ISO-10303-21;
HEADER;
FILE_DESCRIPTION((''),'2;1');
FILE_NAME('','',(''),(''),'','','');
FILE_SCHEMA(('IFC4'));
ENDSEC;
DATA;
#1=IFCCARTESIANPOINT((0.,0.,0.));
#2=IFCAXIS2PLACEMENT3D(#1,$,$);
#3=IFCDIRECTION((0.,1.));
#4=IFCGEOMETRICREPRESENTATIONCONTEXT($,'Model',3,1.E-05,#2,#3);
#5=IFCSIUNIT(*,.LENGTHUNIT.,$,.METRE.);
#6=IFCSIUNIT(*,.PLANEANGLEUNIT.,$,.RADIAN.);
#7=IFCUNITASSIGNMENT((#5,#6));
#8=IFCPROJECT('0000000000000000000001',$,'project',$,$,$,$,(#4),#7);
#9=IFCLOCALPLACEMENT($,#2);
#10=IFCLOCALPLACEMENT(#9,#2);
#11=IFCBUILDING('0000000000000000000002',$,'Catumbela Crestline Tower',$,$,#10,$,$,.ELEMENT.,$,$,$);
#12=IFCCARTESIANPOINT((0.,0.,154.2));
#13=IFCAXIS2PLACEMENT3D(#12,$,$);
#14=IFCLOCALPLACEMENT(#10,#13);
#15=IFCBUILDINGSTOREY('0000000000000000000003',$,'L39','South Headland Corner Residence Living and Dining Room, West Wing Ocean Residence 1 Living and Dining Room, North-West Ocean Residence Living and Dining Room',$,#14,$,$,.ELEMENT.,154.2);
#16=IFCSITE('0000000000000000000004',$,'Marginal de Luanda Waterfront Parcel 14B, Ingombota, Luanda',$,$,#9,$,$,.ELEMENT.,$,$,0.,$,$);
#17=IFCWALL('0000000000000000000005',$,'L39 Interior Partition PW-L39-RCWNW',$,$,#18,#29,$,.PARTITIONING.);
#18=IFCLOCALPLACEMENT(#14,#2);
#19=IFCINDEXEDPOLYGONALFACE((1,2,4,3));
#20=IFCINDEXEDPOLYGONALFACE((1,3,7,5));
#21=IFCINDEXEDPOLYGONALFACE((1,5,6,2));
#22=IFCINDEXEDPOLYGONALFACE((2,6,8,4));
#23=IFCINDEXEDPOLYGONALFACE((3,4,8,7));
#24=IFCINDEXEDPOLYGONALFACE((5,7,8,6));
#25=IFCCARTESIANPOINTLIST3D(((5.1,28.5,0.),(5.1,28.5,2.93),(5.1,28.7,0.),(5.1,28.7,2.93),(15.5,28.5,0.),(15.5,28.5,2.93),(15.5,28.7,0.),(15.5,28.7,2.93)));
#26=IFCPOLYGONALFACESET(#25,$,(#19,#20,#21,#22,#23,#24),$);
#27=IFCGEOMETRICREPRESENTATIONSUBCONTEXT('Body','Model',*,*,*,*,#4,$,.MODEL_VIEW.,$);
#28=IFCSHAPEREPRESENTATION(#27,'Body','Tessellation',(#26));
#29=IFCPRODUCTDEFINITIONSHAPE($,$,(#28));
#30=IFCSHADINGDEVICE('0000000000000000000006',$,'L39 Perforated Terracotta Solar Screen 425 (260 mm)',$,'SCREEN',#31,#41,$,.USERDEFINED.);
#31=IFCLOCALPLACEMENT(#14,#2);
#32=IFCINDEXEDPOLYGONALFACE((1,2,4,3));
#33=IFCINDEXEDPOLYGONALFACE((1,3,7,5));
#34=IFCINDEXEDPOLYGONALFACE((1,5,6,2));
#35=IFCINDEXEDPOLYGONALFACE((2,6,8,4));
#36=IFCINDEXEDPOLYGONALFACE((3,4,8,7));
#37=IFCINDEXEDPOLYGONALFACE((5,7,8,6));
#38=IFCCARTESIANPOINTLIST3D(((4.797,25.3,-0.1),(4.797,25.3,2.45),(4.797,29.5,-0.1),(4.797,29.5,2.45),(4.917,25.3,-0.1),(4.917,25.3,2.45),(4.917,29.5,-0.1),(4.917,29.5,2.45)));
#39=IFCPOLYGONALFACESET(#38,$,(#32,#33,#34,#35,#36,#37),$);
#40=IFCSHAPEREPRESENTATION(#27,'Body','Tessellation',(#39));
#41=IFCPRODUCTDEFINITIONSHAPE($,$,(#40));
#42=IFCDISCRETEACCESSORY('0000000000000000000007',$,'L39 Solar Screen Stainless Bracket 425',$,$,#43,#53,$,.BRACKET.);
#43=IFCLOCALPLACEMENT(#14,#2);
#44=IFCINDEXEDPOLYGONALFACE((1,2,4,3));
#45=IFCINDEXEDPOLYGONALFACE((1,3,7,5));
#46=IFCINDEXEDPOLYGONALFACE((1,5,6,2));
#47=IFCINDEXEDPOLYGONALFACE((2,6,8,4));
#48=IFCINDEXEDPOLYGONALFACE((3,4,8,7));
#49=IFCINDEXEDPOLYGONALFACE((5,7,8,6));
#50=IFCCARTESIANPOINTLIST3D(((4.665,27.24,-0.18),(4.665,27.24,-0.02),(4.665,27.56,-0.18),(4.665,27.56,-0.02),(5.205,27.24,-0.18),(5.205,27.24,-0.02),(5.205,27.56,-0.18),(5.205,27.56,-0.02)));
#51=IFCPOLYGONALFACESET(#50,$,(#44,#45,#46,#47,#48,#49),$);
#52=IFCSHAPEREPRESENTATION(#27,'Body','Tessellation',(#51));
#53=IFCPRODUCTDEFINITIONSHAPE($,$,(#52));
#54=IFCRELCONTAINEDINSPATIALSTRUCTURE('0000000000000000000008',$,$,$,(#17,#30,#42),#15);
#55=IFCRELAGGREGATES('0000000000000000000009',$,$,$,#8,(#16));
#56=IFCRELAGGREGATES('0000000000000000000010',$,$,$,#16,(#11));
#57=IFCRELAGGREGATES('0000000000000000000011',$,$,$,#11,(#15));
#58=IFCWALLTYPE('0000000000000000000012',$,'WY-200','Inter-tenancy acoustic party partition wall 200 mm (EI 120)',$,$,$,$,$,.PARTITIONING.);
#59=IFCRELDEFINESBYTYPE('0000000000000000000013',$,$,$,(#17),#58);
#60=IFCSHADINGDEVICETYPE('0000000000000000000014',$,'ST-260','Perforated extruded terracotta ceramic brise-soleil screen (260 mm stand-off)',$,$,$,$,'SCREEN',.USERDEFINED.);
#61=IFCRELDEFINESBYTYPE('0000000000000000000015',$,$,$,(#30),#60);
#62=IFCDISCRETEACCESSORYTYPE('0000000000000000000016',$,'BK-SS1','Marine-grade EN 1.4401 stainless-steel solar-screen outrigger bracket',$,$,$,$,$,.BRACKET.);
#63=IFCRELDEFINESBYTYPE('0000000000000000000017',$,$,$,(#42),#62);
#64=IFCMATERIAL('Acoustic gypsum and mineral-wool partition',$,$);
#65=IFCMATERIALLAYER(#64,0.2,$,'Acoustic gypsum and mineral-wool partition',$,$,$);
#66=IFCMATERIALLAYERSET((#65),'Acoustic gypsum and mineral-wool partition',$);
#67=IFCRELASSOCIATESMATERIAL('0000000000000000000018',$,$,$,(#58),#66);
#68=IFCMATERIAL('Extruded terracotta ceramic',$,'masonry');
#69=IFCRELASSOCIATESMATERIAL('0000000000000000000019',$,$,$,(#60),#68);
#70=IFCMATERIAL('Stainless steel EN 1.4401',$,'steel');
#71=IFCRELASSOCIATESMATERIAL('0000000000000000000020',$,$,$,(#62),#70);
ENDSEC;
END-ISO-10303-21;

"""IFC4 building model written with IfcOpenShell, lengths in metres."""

from ifc_helpers import new_model, si_unit, direction, frame, frame_2d, origin, origin_2d, place, context, subcontext, project, spatial, rectangle, extrude, material, layer, layer_set, type_object, element, save


model = new_model("IFC4")

# Units and contexts
model_context = context("Model", 3, precision=1e-05, world=origin(), true_north=direction((0.0, 1.0)))
body_context = subcontext(model_context, "Body", "Model", "MODEL_VIEW")
ifc_project = project(units=[si_unit("LENGTHUNIT", "METRE"), si_unit("PLANEANGLEUNIT", "RADIAN")], contexts=[model_context])

# Site, building, storey
site_placement = place(None, origin())
site = spatial("IfcSite", under=ifc_project, at=site_placement, Name="Marginal de Luanda Waterfront Parcel 14B, Ingombota, Luanda", CompositionType="ELEMENT", RefElevation=0.0)
building_placement = place(site_placement, origin())
building = spatial("IfcBuilding", under=site, at=building_placement, Name="Catumbela Crestline Tower", CompositionType="ELEMENT")
storey_placement = place(building_placement, frame((0.0, 0.0, 154.2)))
storey = spatial("IfcBuildingStorey", under=building, at=storey_placement, Name="L39", Description="South Headland Corner Residence Living and Dining Room, West Wing Ocean Residence 1 Living and Dining Room, North-West Ocean Residence Living and Dining Room", CompositionType="ELEMENT", Elevation=154.2)

# Shared definitions
ifc_material_1 = material(Name="Acoustic gypsum and mineral-wool partition")

# Wall
ifc_layer_1 = layer(ifc_material_1, 0.2, Name="Acoustic gypsum and mineral-wool partition")
ifc_layer_set_1 = layer_set([ifc_layer_1], Name="Acoustic gypsum and mineral-wool partition")
wall_type_1 = type_object("IfcWallType", Name="WY-200", Description="Inter-tenancy acoustic party partition wall 200 mm (EI 120)", PredefinedType="PARTITIONING", material=ifc_layer_set_1)
wall_1_placement = place(storey_placement, frame((5.1, 28.6, 0.0), z_axis=(0.0, 0.0, 1.0), x_axis=(1.0, 0.0, 0.0)))
element("IfcWall", 1, at=wall_1_placement, inside=storey, type_object=wall_type_1, Name="L39 Interior Partition PW-L39-RCWNW", PredefinedType="PARTITIONING", context=body_context, shape_type="SweptSolid", body=[
    extrude(rectangle(XDim=10.4, YDim=0.2, at=frame_2d((5.2, 0.0))), origin(), (0.0, 0.0, 1.0), 2.93),
])

# Shading device
ifc_material_2 = material(Name="Extruded terracotta ceramic", Category="masonry")
shading_device_type = type_object("IfcShadingDeviceType", Name="ST-260", Description="Perforated extruded terracotta ceramic brise-soleil screen (260 mm stand-off)", ElementType="SCREEN", PredefinedType="USERDEFINED", material=ifc_material_2)
shading_device_placement = place(storey_placement, frame((4.857, 27.4, -0.1), z_axis=(0.0, 0.0, 1.0), x_axis=(0.0, -1.0, 0.0)))
element("IfcShadingDevice", 2, at=shading_device_placement, inside=storey, type_object=shading_device_type, Name="L39 Perforated Terracotta Solar Screen 425 (260 mm)", ObjectType="SCREEN", PredefinedType="USERDEFINED", context=body_context, shape_type="SweptSolid", body=[
    extrude(rectangle(XDim=4.2, YDim=0.12, at=origin_2d()), origin(), (0.0, 0.0, 1.0), 2.55),
])

# Discrete accessory
ifc_material_3 = material(Name="Stainless steel EN 1.4401", Category="steel")
discrete_accessory_type = type_object("IfcDiscreteAccessoryType", Name="BK-SS1", Description="Marine-grade EN 1.4401 stainless-steel solar-screen outrigger bracket", PredefinedType="BRACKET", material=ifc_material_3)
discrete_accessory_placement = place(storey_placement, frame((4.935, 27.4, -0.18), z_axis=(0.0, 0.0, 1.0), x_axis=(0.0, -1.0, 0.0)))
element("IfcDiscreteAccessory", 3, at=discrete_accessory_placement, inside=storey, type_object=discrete_accessory_type, Name="L39 Solar Screen Stainless Bracket 425", PredefinedType="BRACKET", context=body_context, shape_type="SweptSolid", body=[
    extrude(rectangle(XDim=0.32, YDim=0.54, at=origin_2d()), origin(), (0.0, 0.0, 1.0), 0.16),
])

save(model, "model.ifc")
